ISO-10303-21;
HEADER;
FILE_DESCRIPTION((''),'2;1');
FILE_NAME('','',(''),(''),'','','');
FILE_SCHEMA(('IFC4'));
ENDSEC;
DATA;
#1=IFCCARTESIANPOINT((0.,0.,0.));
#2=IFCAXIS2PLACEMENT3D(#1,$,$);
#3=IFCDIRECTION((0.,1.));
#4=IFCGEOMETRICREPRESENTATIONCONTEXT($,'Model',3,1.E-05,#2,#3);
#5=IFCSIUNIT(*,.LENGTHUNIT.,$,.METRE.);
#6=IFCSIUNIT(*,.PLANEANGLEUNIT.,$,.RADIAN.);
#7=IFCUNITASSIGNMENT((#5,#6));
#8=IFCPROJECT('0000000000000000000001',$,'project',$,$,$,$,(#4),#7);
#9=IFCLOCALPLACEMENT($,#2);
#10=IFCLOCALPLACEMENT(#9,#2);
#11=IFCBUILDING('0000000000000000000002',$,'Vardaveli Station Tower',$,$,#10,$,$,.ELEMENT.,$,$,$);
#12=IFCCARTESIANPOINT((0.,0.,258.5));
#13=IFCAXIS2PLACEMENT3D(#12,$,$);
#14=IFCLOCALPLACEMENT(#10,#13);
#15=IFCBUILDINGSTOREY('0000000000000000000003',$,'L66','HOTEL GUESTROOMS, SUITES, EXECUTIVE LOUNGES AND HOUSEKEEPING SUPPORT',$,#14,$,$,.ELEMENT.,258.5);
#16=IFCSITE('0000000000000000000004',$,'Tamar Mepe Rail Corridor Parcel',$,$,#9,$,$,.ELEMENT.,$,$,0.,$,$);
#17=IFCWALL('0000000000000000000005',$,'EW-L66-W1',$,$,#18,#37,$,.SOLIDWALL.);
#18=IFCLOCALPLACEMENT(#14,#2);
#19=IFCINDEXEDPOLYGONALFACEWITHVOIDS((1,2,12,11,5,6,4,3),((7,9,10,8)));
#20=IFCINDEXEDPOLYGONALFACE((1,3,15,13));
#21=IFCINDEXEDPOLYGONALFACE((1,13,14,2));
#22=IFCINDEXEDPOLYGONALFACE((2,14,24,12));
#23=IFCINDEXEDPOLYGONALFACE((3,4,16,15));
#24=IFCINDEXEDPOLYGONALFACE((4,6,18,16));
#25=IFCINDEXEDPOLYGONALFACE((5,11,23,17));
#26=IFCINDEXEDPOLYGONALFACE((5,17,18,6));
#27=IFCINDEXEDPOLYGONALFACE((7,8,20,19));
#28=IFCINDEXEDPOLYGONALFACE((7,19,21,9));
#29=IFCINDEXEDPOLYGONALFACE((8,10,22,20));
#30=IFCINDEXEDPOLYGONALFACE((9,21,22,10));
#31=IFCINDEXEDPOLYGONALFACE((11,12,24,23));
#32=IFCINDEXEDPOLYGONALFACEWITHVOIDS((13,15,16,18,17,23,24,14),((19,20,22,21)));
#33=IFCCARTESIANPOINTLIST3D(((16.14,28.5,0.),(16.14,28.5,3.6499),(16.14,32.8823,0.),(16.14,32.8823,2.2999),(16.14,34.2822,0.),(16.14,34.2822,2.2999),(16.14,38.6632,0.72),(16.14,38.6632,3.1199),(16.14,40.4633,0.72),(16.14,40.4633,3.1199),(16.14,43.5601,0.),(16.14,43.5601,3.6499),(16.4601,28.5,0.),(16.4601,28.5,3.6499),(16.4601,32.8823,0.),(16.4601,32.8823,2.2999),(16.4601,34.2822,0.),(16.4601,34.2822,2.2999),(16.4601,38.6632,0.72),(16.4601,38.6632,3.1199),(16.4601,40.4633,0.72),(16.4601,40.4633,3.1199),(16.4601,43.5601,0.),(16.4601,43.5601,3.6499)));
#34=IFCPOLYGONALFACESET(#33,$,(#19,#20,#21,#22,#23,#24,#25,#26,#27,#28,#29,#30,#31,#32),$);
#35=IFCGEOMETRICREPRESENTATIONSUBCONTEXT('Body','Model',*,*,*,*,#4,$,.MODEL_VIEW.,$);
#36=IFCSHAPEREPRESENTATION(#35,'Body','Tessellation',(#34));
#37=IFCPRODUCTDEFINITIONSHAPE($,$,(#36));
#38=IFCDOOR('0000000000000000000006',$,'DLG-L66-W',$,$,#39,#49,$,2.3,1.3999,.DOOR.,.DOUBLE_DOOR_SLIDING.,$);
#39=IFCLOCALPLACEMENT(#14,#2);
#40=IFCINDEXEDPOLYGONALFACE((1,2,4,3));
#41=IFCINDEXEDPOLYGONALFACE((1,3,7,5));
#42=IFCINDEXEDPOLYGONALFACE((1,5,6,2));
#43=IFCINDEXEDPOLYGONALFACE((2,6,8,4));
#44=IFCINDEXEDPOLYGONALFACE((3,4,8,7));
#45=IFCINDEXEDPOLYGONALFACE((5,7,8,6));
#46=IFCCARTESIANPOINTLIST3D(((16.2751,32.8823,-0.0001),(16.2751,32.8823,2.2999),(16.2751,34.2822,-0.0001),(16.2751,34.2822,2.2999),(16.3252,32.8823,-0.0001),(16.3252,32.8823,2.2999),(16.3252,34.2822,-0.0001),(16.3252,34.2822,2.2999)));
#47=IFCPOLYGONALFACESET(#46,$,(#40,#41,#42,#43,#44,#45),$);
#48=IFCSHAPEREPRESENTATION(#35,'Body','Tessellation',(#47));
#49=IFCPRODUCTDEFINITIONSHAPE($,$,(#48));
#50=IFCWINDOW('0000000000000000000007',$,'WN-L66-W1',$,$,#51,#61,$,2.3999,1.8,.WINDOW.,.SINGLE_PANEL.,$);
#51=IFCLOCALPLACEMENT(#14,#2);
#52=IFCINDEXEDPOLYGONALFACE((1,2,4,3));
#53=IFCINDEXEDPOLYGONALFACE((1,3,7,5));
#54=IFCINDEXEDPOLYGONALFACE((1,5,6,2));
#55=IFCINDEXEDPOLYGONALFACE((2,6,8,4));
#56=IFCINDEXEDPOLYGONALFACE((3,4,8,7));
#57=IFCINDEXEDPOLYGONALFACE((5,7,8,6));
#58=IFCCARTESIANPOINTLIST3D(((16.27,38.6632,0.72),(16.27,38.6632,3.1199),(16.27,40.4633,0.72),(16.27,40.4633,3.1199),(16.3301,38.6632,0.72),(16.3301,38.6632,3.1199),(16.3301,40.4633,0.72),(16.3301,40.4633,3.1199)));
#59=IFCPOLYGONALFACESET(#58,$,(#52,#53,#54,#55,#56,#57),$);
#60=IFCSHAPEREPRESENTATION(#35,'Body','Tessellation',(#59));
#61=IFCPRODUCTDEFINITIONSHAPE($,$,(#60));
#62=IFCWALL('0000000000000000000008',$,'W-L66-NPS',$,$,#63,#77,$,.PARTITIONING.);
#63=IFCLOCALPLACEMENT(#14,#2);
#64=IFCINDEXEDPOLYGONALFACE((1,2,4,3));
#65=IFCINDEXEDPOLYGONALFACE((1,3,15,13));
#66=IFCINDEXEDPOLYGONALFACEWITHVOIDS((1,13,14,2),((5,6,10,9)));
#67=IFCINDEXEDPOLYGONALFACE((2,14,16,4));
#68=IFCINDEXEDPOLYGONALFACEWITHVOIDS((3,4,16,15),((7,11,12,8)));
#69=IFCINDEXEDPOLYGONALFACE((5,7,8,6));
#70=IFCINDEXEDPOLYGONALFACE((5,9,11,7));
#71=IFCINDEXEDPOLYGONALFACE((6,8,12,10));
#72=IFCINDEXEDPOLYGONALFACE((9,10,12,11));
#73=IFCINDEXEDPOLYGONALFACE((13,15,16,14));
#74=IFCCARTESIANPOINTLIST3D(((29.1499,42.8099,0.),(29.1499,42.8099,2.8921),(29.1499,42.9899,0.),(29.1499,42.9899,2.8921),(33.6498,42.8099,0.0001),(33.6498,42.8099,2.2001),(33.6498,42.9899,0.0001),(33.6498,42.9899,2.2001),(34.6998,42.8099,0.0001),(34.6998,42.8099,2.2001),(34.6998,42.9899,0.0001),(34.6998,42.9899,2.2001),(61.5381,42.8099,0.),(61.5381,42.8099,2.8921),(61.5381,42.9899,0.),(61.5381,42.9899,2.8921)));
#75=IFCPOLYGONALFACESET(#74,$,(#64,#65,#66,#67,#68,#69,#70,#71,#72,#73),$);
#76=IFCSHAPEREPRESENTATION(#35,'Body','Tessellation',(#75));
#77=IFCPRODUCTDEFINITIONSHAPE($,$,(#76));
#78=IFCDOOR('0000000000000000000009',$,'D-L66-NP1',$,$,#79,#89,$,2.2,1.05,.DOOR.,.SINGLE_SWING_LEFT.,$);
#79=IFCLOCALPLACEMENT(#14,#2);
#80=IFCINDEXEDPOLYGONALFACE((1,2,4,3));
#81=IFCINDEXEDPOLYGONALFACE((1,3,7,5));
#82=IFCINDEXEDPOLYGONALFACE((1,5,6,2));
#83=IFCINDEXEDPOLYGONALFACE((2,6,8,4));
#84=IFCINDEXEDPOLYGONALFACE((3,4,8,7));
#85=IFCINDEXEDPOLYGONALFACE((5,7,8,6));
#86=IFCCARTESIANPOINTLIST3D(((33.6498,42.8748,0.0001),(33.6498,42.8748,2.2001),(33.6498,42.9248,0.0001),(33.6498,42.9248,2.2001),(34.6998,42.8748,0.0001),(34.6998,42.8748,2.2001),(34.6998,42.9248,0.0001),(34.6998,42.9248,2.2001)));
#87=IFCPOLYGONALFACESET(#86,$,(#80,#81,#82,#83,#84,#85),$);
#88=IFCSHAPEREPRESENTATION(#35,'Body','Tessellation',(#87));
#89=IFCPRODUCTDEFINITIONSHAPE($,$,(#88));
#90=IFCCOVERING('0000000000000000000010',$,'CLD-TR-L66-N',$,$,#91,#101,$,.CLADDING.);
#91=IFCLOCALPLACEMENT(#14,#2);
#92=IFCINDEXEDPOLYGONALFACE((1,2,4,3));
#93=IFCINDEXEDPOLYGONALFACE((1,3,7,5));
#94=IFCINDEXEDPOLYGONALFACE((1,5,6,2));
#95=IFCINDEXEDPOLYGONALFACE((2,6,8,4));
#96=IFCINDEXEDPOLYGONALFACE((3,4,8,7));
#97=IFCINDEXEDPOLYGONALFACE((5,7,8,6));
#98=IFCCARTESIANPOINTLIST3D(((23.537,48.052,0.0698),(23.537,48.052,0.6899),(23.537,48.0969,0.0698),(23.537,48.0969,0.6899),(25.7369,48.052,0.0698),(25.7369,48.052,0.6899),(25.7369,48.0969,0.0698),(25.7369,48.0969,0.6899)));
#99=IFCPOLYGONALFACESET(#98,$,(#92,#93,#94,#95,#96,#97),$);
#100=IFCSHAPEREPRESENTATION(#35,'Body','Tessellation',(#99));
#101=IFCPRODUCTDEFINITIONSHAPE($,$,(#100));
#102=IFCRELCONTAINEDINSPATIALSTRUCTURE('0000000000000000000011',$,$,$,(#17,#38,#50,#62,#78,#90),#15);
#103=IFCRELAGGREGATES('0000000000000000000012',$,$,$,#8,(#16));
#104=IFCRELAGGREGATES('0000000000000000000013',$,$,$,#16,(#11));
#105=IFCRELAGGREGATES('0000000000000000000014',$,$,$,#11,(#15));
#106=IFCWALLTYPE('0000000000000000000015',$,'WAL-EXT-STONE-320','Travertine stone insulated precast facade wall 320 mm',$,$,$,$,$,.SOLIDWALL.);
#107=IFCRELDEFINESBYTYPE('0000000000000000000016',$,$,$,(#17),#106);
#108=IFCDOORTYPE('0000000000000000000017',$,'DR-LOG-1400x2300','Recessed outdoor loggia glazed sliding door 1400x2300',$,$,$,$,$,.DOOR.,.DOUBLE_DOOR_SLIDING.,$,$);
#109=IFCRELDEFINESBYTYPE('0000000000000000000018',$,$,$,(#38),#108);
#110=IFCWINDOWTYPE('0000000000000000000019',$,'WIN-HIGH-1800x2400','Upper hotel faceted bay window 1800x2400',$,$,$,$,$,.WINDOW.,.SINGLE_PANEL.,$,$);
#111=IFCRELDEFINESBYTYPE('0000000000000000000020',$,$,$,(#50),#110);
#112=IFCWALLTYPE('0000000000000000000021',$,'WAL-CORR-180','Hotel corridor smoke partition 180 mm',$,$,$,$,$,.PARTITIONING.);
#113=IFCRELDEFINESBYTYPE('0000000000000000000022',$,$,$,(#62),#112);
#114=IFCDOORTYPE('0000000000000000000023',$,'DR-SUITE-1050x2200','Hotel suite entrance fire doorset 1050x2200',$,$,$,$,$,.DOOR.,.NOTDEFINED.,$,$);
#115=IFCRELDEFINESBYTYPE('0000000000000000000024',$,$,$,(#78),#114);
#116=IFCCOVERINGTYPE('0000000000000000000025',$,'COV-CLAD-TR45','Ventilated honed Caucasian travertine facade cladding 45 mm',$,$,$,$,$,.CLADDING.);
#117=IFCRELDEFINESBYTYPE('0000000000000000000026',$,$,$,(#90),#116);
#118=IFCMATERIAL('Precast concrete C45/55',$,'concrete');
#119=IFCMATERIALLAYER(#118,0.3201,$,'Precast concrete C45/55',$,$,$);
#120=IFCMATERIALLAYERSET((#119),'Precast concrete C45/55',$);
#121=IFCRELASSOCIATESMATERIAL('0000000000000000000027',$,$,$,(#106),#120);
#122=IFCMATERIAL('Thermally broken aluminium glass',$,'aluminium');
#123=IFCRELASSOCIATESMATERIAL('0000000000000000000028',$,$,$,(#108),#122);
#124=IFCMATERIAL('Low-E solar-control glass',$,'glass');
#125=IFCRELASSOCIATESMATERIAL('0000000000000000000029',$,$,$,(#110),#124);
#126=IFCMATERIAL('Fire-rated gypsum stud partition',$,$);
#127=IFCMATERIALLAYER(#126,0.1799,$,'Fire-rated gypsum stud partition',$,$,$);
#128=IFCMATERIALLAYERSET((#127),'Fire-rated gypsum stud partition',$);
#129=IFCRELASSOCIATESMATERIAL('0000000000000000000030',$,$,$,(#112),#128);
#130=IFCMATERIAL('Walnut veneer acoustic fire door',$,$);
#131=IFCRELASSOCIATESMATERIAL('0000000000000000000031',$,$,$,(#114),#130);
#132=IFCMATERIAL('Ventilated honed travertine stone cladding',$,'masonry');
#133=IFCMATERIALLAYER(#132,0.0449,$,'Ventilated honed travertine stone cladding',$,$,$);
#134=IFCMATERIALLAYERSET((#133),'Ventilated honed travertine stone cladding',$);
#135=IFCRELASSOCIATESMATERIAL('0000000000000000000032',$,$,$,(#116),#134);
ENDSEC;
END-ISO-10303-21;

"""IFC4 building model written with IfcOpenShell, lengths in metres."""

from ifc_helpers import new_model, si_unit, direction, frame, frame_2d, origin, origin_2d, place, context, subcontext, project, spatial, rectangle, extrude, source, transform, mapped, material, layer, layer_set, type_object, element, fill, save


model = new_model("IFC4")

# Units and contexts
model_context = context("Model", 3, precision=1e-05, world=origin(), true_north=direction((0.0, 1.0)))
body_context = subcontext(model_context, "Body", "Model", "MODEL_VIEW")
ifc_project = project(units=[si_unit("LENGTHUNIT", "METRE"), si_unit("PLANEANGLEUNIT", "RADIAN")], contexts=[model_context])

# Site, building, storey
site_placement = place(None, origin())
site = spatial("IfcSite", under=ifc_project, at=site_placement, Name="Tamar Mepe Rail Corridor Parcel", CompositionType="ELEMENT", RefElevation=0.0)
building_placement = place(site_placement, origin())
building = spatial("IfcBuilding", under=site, at=building_placement, Name="Vardaveli Station Tower", CompositionType="ELEMENT")
storey_placement = place(building_placement, frame((0.0, 0.0, 258.5)))
storey = spatial("IfcBuildingStorey", under=building, at=storey_placement, Name="L66", Description="HOTEL GUESTROOMS, SUITES, EXECUTIVE LOUNGES AND HOUSEKEEPING SUPPORT", CompositionType="ELEMENT", Elevation=258.5)

# Shared definitions
ifc_material_1 = material(Name="Precast concrete C45/55", Category="concrete")

# Shared definitions
ifc_layer_1 = layer(ifc_material_1, 0.3201, Name="Precast concrete C45/55")
ifc_layer_set_1 = layer_set([ifc_layer_1], Name="Precast concrete C45/55")
wall_type_1 = type_object("IfcWallType", Name="WAL-EXT-STONE-320", Description="Travertine stone insulated precast facade wall 320 mm", PredefinedType="SOLIDWALL", material=ifc_layer_set_1)

# Wall, openings, door, window
shared_shape_1 = source(origin(), body_context, "Body", "SweptSolid", [
    extrude(rectangle(XDim=15.0601, YDim=0.3201, at=frame_2d((7.53, 0.0))), origin(), (0.0, 0.0, 1.0), 3.6499),
])
wall_1_placement = place(storey_placement, frame((16.3, 43.5601, 0.0), z_axis=(0.0, 0.0, 1.0), x_axis=(0.0, -1.0, 0.0)))
wall_1 = element("IfcWall", 1, at=wall_1_placement, inside=storey, type_object=wall_type_1, Name="EW-L66-W1", PredefinedType="SOLIDWALL", context=body_context, shape_type="MappedRepresentation", body=[
    mapped(shared_shape_1, transform((0.0, 0.0, 0.0), scale=1.0)),
])
shared_shape_2 = source(origin(), body_context, "Body", "SweptSolid", [
    extrude(rectangle(XDim=1.3999, YDim=2.3, at=frame_2d((0.7, 1.1499))), frame((0.0, 0.1699, 0.0), z_axis=(0.0, -1.0, 0.0), x_axis=(1.0, 0.0, 0.0)), (0.0, 0.0, 1.0), 0.3401),
])
opening_1_placement = place(wall_1_placement, frame((9.2778, 0.0, 0.0)))
opening_1 = element("IfcOpeningElement", 2, at=opening_1_placement, cuts=wall_1, PredefinedType="OPENING", context=body_context, shape_type="MappedRepresentation", body=[
    mapped(shared_shape_2, transform((0.0, 0.0, 0.0), scale=1.0)),
])
shared_shape_3 = source(origin(), body_context, "Body", "SweptSolid", [
    extrude(rectangle(XDim=1.8, YDim=2.3999, at=frame_2d((0.8999, 1.2))), frame((0.0, 0.1699, 0.0), z_axis=(0.0, -1.0, 0.0), x_axis=(1.0, 0.0, 0.0)), (0.0, 0.0, 1.0), 0.3401),
])
opening_2_placement = place(wall_1_placement, frame((3.0969, 0.0, 0.72)))
opening_2 = element("IfcOpeningElement", 3, at=opening_2_placement, cuts=wall_1, PredefinedType="OPENING", context=body_context, shape_type="MappedRepresentation", body=[
    mapped(shared_shape_3, transform((0.0, 0.0, 0.0), scale=1.0)),
])
ifc_material_2 = material(Name="Thermally broken aluminium glass", Category="aluminium")
door_type_1 = type_object("IfcDoorType", Name="DR-LOG-1400x2300", Description="Recessed outdoor loggia glazed sliding door 1400x2300", OperationType="DOUBLE_DOOR_SLIDING", PredefinedType="DOOR", material=ifc_material_2)
shared_shape_4 = source(origin(), body_context, "Body", "SweptSolid", [
    extrude(rectangle(XDim=1.3999, YDim=2.3, at=frame_2d((0.7, 1.1499))), frame((0.0, 0.0249, 0.0), z_axis=(0.0, -1.0, 0.0), x_axis=(1.0, 0.0, 0.0)), (0.0, 0.0, 1.0), 0.05),
])
door_1_placement = place(opening_1_placement, frame((1.3999, 0.0, 0.0), z_axis=(0.0, 0.0, 1.0), x_axis=(-1.0, 0.0, 0.0)))
door_1 = element("IfcDoor", 4, at=door_1_placement, inside=storey, type_object=door_type_1, Name="DLG-L66-W", OperationType="DOUBLE_DOOR_SLIDING", OverallHeight=2.3, OverallWidth=1.3999, PredefinedType="DOOR", context=body_context, shape_type="MappedRepresentation", body=[
    mapped(shared_shape_4, transform((0.0, 0.0, 0.0), scale=1.0)),
])
fill(opening_1, door_1)
ifc_material_3 = material(Name="Low-E solar-control glass", Category="glass")
window_type = type_object("IfcWindowType", Name="WIN-HIGH-1800x2400", Description="Upper hotel faceted bay window 1800x2400", PartitioningType="SINGLE_PANEL", PredefinedType="WINDOW", material=ifc_material_3)
shared_shape_5 = source(origin(), body_context, "Body", "SweptSolid", [
    extrude(rectangle(XDim=1.8, YDim=2.3999, at=frame_2d((0.8999, 1.2))), frame((0.0, 0.03, 0.0), z_axis=(0.0, -1.0, 0.0), x_axis=(1.0, 0.0, 0.0)), (0.0, 0.0, 1.0), 0.0601),
])
window_placement = place(opening_2_placement, origin())
window = element("IfcWindow", 5, at=window_placement, inside=storey, type_object=window_type, Name="WN-L66-W1", OverallHeight=2.3999, OverallWidth=1.8, PartitioningType="SINGLE_PANEL", PredefinedType="WINDOW", context=body_context, shape_type="MappedRepresentation", body=[
    mapped(shared_shape_5, transform((0.0, 0.0, 0.0), scale=1.0)),
])
fill(opening_2, window)

# Wall, opening, door
ifc_material_4 = material(Name="Fire-rated gypsum stud partition")
ifc_layer_2 = layer(ifc_material_4, 0.1799, Name="Fire-rated gypsum stud partition")
ifc_layer_set_2 = layer_set([ifc_layer_2], Name="Fire-rated gypsum stud partition")
wall_type_2 = type_object("IfcWallType", Name="WAL-CORR-180", Description="Hotel corridor smoke partition 180 mm", PredefinedType="PARTITIONING", material=ifc_layer_set_2)
shared_shape_6 = source(origin(), body_context, "Body", "SweptSolid", [
    extrude(rectangle(XDim=32.3882, YDim=0.1799, at=frame_2d((16.1941, 0.0))), origin(), (0.0, 0.0, 1.0), 2.8921),
])
wall_2_placement = place(storey_placement, frame((29.1499, 42.8999, 0.0), z_axis=(0.0, 0.0, 1.0), x_axis=(1.0, 0.0, 0.0)))
wall_2 = element("IfcWall", 6, at=wall_2_placement, inside=storey, type_object=wall_type_2, Name="W-L66-NPS", PredefinedType="PARTITIONING", context=body_context, shape_type="MappedRepresentation", body=[
    mapped(shared_shape_6, transform((0.0, 0.0, 0.0), scale=1.0)),
])
shared_shape_7 = source(origin(), body_context, "Body", "SweptSolid", [
    extrude(rectangle(XDim=1.05, YDim=2.2, at=frame_2d((0.5249, 1.1001))), frame((0.0, 0.1001, 0.0), z_axis=(0.0, -1.0, 0.0), x_axis=(1.0, 0.0, 0.0)), (0.0, 0.0, 1.0), 0.2),
])
opening_3_placement = place(wall_2_placement, frame((4.5, 0.0, 0.0)))
opening_3 = element("IfcOpeningElement", 7, at=opening_3_placement, cuts=wall_2, PredefinedType="OPENING", context=body_context, shape_type="MappedRepresentation", body=[
    mapped(shared_shape_7, transform((0.0, 0.0, 0.0), scale=1.0)),
])
ifc_material_5 = material(Name="Walnut veneer acoustic fire door")
door_type_2 = type_object("IfcDoorType", Name="DR-SUITE-1050x2200", Description="Hotel suite entrance fire doorset 1050x2200", OperationType="NOTDEFINED", PredefinedType="DOOR", material=ifc_material_5)
shared_shape_8 = source(origin(), body_context, "Body", "SweptSolid", [
    extrude(rectangle(XDim=1.05, YDim=2.2, at=frame_2d((0.5249, 1.1001))), frame((0.0, 0.0249, 0.0), z_axis=(0.0, -1.0, 0.0), x_axis=(1.0, 0.0, 0.0)), (0.0, 0.0, 1.0), 0.05),
])
door_2_placement = place(opening_3_placement, origin())
door_2 = element("IfcDoor", 8, at=door_2_placement, inside=storey, type_object=door_type_2, Name="D-L66-NP1", OperationType="SINGLE_SWING_LEFT", OverallHeight=2.2, OverallWidth=1.05, PredefinedType="DOOR", context=body_context, shape_type="MappedRepresentation", body=[
    mapped(shared_shape_8, transform((0.0, 0.0, 0.0), scale=1.0)),
])
fill(opening_3, door_2)

# Covering
ifc_material_6 = material(Name="Ventilated honed travertine stone cladding", Category="masonry")
ifc_layer_3 = layer(ifc_material_6, 0.0449, Name="Ventilated honed travertine stone cladding")
ifc_layer_set_3 = layer_set([ifc_layer_3], Name="Ventilated honed travertine stone cladding")
covering_type = type_object("IfcCoveringType", Name="COV-CLAD-TR45", Description="Ventilated honed Caucasian travertine facade cladding 45 mm", PredefinedType="CLADDING", material=ifc_layer_set_3)
shared_shape_9 = source(origin(), body_context, "Body", "SweptSolid", [
    extrude(rectangle(XDim=2.2, YDim=0.0449, at=origin_2d()), origin(), (0.0, 0.0, 1.0), 0.6201),
])
covering_placement = place(storey_placement, frame((24.637, 48.0745, 0.0698), z_axis=(0.0, 0.0, 1.0), x_axis=(1.0, 0.0, 0.0)))
element("IfcCovering", 9, at=covering_placement, inside=storey, type_object=covering_type, Name="CLD-TR-L66-N", PredefinedType="CLADDING", context=body_context, shape_type="MappedRepresentation", body=[
    mapped(shared_shape_9, transform((0.0, 0.0, 0.0), scale=1.0)),
])

save(model, "model.ifc")
